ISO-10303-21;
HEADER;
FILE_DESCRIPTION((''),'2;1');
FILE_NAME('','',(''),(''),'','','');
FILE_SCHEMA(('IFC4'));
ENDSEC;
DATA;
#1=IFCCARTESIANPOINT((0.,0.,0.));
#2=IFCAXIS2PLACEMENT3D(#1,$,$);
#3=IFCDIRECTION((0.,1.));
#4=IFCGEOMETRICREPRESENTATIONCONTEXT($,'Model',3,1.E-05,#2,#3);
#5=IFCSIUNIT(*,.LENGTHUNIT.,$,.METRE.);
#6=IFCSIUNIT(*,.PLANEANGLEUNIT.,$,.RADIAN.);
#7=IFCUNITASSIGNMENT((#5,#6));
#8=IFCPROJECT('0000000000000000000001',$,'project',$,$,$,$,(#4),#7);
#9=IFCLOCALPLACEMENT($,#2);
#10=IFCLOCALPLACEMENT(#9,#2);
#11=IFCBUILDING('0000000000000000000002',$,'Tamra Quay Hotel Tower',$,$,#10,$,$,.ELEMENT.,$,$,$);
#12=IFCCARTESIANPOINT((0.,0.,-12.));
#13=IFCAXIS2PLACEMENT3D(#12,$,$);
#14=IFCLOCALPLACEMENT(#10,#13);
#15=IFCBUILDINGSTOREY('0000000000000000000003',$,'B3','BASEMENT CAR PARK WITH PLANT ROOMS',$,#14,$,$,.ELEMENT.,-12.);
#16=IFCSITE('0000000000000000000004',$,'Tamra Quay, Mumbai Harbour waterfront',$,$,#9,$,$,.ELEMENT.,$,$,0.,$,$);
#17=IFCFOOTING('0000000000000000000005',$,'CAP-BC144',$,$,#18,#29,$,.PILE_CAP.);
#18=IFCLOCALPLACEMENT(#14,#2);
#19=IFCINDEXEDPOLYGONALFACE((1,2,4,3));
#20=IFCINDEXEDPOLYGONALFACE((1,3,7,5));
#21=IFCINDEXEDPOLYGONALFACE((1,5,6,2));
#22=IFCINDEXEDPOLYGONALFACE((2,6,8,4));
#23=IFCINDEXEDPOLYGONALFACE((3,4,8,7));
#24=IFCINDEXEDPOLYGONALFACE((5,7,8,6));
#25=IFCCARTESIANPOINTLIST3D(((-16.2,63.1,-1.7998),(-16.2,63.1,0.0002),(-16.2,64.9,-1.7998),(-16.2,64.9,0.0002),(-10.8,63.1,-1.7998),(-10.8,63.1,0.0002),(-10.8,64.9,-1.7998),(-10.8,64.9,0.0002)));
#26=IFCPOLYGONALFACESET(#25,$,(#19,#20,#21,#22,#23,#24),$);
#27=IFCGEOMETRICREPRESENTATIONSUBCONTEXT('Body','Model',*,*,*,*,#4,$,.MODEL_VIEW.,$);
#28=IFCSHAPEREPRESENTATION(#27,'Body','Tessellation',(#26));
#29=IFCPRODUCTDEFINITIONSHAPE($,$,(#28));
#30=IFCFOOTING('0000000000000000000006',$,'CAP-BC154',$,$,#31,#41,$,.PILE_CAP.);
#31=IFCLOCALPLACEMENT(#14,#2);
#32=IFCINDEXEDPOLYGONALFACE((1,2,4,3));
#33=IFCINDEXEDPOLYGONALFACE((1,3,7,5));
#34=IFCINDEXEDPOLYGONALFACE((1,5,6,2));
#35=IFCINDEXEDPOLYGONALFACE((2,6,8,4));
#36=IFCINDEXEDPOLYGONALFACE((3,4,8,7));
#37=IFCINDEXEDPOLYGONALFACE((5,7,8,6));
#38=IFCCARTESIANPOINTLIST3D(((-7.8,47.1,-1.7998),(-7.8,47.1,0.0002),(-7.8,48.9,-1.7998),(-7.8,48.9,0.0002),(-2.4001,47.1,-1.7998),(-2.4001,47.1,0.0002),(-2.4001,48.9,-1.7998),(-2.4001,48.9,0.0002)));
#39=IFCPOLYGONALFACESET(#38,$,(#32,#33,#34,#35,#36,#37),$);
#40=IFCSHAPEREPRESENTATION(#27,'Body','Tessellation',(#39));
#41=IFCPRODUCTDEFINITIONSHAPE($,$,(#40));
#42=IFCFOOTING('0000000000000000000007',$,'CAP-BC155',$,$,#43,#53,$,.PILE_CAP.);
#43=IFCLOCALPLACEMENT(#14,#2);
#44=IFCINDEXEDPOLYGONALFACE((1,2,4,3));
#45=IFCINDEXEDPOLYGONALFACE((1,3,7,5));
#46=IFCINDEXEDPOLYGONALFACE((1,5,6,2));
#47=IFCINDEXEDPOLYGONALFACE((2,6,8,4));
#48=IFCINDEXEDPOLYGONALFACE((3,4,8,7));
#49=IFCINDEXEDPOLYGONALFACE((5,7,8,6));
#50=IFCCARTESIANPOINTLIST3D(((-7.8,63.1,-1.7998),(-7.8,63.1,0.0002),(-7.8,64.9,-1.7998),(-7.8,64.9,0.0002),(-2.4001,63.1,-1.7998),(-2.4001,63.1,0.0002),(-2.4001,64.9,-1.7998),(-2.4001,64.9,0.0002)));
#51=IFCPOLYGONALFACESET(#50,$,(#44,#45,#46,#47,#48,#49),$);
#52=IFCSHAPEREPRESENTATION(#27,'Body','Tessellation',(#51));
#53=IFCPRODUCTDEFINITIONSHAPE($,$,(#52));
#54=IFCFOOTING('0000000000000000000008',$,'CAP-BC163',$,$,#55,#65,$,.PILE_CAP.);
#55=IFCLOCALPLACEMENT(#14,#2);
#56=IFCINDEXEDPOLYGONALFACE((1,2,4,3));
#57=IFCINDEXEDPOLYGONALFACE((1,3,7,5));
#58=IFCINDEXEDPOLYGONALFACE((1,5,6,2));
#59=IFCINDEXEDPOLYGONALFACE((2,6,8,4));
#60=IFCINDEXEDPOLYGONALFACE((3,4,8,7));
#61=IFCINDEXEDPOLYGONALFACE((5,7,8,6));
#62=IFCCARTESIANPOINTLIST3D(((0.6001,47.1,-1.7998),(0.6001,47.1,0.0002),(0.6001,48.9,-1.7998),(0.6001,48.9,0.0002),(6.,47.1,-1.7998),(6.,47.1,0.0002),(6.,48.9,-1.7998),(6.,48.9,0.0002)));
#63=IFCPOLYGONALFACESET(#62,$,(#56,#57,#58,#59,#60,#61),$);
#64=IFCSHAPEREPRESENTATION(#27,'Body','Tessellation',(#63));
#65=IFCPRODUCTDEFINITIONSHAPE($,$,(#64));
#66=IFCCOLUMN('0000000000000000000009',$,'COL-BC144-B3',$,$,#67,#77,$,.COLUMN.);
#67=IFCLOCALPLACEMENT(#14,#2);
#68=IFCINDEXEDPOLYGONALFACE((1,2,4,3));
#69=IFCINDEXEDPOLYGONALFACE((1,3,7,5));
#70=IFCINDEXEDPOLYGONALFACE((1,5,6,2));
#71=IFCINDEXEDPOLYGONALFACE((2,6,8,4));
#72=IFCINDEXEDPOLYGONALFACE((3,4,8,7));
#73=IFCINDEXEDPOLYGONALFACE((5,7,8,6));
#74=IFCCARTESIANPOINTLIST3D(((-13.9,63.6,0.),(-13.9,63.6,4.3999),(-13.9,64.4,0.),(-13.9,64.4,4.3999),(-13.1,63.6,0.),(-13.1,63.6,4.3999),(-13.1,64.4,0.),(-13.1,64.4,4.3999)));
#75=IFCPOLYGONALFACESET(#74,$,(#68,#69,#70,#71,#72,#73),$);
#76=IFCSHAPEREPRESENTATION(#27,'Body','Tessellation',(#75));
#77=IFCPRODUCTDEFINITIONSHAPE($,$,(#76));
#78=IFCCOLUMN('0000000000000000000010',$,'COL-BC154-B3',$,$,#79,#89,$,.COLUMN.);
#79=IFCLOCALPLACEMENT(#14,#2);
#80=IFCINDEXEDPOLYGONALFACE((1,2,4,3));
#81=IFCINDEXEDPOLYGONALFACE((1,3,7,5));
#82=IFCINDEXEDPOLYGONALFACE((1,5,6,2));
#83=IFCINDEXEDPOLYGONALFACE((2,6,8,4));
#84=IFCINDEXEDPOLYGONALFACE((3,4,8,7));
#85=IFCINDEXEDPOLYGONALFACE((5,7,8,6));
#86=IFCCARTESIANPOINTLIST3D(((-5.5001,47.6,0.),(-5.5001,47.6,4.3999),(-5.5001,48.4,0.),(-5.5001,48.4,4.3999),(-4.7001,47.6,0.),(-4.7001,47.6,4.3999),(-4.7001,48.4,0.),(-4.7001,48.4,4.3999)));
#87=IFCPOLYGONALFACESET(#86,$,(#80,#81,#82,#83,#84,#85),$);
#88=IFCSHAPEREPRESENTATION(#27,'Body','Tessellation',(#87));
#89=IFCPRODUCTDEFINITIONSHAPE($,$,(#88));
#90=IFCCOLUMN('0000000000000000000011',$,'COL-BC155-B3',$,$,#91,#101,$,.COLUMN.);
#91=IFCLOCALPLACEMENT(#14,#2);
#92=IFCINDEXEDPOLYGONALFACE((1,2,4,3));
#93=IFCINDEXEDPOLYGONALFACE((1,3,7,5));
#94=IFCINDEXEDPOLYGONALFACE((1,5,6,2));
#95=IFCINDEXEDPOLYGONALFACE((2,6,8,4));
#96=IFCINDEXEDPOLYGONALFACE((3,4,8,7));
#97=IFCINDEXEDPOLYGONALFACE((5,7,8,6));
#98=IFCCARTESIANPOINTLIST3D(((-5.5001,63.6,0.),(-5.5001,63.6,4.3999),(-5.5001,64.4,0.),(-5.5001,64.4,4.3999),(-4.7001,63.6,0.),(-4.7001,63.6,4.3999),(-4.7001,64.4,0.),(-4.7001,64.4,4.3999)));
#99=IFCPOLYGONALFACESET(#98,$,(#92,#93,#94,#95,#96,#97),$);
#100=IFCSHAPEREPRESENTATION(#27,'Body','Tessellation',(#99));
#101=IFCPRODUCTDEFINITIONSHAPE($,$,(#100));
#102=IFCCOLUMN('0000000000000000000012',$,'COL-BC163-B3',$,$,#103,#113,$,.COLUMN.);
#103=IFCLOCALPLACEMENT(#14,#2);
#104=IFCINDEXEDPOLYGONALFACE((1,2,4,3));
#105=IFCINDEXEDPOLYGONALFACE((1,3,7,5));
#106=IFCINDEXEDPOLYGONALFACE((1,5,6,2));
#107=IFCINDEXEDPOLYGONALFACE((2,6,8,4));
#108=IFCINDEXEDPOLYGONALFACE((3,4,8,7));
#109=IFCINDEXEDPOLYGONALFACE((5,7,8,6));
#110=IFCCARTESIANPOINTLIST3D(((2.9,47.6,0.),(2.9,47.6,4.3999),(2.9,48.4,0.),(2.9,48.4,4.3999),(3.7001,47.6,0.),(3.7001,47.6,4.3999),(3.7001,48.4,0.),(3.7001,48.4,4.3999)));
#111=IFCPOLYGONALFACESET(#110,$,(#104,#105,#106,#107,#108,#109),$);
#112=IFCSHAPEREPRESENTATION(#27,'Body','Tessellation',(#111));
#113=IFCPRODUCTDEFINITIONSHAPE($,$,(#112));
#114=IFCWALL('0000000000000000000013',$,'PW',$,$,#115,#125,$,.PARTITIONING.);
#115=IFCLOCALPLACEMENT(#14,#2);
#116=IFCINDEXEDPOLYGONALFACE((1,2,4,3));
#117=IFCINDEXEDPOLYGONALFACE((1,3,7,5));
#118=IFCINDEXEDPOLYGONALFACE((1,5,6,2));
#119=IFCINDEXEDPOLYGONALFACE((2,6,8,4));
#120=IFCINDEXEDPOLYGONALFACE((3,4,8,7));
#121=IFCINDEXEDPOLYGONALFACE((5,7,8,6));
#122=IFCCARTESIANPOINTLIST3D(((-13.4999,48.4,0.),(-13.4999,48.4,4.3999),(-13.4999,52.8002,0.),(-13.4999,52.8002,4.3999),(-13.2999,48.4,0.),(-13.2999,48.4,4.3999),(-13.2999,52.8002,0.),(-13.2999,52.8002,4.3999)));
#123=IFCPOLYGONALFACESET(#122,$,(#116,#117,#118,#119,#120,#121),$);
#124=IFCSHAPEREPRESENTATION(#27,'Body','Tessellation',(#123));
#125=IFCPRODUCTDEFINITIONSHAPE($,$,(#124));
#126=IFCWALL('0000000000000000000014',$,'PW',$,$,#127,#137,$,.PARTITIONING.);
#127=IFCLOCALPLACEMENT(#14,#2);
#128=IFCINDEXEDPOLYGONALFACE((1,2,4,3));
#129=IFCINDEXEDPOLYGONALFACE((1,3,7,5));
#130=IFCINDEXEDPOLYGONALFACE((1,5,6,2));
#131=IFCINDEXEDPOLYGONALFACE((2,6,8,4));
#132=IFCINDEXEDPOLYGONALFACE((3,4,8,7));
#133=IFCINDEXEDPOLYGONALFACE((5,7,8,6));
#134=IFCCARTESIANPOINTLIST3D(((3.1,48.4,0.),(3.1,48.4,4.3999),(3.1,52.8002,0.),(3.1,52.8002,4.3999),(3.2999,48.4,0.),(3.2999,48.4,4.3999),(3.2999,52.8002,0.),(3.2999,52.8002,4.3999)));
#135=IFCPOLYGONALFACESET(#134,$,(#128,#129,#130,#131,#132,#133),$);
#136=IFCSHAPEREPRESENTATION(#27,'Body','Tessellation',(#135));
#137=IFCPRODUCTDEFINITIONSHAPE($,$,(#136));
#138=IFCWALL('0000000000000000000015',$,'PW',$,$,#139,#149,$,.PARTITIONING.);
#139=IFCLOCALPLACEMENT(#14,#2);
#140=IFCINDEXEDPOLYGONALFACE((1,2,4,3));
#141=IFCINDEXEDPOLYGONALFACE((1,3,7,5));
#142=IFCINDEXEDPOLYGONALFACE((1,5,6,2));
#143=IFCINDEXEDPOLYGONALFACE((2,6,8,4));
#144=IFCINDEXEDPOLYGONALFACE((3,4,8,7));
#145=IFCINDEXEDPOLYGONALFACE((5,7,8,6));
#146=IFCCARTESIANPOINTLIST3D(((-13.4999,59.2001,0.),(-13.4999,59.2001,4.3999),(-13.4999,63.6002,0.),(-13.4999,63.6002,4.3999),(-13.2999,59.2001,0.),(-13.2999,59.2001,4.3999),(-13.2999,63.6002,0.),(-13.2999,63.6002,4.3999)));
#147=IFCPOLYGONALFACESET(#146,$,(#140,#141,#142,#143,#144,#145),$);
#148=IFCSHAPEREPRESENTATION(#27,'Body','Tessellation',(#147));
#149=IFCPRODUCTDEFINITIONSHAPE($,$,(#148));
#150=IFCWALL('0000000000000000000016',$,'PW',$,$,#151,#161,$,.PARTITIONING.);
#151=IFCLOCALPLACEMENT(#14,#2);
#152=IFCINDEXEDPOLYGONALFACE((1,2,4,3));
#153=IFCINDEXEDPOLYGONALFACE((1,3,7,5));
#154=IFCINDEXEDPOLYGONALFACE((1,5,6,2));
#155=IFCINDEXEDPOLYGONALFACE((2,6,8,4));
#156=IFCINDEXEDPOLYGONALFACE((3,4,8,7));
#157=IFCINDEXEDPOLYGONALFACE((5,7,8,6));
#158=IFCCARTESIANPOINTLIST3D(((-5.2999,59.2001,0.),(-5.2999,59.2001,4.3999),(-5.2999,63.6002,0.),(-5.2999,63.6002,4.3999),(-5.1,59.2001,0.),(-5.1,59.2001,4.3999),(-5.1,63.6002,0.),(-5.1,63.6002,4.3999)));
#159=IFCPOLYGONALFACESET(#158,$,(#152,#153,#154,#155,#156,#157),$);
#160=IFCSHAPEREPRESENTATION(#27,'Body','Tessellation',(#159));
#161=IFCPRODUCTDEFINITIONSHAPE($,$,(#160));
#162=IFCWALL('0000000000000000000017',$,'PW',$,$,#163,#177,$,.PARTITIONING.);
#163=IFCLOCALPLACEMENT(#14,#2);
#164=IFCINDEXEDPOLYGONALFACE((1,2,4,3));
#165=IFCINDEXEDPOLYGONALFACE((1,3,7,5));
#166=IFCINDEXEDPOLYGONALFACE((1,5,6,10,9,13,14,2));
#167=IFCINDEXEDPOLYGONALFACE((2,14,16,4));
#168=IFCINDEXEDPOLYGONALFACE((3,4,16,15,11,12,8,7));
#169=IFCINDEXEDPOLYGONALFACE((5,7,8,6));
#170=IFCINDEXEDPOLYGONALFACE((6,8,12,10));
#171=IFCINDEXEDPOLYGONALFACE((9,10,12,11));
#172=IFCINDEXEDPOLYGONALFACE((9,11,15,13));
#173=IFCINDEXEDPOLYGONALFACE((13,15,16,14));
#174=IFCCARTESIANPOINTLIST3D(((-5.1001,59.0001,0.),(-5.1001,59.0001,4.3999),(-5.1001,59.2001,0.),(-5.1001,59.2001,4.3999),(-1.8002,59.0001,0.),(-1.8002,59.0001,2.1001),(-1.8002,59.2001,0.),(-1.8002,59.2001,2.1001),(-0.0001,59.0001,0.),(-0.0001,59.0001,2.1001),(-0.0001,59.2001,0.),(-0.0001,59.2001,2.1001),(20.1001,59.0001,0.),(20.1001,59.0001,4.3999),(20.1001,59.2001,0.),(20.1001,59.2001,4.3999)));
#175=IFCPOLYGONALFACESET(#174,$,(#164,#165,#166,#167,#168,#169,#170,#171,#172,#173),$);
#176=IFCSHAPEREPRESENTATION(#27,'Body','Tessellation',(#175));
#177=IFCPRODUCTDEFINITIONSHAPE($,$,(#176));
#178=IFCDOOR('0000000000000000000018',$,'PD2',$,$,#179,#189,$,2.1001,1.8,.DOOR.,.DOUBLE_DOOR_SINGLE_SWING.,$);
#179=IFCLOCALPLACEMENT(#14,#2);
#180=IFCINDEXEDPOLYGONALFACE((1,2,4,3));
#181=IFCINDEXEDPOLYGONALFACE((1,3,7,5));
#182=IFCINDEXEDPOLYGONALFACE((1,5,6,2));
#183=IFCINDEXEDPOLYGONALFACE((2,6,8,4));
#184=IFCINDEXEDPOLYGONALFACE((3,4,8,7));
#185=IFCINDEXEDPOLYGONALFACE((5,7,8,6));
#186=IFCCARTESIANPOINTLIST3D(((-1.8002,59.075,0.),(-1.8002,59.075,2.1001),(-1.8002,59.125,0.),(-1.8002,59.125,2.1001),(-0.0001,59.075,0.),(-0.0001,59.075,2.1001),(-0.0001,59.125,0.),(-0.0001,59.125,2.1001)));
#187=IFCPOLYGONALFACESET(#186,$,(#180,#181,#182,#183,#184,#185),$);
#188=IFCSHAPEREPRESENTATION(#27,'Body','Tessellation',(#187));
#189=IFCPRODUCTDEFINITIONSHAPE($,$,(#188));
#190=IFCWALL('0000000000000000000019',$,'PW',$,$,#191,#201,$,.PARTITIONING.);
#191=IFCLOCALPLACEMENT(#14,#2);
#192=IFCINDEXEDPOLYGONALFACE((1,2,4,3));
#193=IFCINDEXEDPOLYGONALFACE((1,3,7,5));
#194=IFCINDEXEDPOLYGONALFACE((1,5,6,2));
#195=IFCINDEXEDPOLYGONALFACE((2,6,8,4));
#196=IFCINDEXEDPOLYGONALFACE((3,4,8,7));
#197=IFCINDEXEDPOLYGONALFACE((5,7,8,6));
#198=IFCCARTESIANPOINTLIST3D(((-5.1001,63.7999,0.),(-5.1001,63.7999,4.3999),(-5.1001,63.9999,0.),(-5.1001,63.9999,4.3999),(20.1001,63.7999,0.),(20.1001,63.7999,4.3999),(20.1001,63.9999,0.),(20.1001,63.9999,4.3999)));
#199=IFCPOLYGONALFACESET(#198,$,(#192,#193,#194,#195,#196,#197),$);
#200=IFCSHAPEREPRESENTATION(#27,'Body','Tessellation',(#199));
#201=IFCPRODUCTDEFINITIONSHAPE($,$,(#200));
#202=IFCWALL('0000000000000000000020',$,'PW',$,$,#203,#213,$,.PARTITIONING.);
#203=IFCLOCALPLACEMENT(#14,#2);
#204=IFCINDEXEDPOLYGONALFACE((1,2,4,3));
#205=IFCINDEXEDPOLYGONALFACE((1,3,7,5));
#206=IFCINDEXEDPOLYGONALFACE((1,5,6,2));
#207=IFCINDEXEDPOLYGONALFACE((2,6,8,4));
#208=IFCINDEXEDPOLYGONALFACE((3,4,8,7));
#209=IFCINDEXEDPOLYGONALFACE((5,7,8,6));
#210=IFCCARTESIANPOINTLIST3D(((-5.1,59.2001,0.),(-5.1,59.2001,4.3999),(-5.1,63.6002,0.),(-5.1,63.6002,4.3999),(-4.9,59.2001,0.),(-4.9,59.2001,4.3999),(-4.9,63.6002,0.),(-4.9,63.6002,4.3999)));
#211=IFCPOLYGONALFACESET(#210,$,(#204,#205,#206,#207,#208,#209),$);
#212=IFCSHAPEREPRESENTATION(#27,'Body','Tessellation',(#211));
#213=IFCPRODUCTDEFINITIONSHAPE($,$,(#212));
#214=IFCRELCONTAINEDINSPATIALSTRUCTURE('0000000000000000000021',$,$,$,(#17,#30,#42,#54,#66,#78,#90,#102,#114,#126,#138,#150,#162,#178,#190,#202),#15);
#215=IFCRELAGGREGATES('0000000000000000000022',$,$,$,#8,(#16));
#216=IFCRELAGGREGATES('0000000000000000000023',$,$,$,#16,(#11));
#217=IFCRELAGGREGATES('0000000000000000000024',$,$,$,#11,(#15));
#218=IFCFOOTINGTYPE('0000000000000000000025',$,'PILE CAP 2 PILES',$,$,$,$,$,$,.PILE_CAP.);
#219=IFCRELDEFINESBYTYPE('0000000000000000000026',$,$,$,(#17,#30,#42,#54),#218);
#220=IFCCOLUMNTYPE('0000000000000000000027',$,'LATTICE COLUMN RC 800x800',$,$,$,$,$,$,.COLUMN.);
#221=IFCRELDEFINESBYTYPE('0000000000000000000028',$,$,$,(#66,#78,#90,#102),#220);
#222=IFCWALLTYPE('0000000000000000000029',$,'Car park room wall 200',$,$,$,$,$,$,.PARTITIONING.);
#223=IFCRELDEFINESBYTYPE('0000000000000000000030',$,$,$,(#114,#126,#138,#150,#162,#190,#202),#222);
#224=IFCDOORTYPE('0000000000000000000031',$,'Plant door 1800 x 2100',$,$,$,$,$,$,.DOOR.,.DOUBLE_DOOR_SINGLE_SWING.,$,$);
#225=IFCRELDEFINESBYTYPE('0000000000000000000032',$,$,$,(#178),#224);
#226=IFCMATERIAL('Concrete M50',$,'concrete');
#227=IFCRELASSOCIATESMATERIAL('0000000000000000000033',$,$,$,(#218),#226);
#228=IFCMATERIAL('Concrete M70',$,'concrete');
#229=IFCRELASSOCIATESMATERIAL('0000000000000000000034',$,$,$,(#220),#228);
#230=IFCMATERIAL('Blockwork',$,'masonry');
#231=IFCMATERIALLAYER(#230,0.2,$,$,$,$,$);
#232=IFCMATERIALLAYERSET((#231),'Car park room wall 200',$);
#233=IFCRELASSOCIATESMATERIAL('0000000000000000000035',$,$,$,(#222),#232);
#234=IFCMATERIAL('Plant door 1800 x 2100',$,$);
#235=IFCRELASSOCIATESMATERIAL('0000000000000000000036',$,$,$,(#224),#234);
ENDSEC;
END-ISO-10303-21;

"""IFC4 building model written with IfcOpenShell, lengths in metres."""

from ifc_helpers import new_model, si_unit, direction, frame, frame_2d, origin, origin_2d, place, context, subcontext, project, spatial, rectangle, extrude, material, layer, layer_set, material_profile, profile_set, type_object, element, fill, save


model = new_model("IFC4")

# Units and contexts
model_context = context("Model", 3, precision=1e-05, world=origin(), true_north=direction((0.0, 1.0)))
body_context = subcontext(model_context, "Body", "Model", "MODEL_VIEW")
ifc_project = project(units=[si_unit("LENGTHUNIT", "METRE"), si_unit("PLANEANGLEUNIT", "RADIAN")], contexts=[model_context])

# Site, building, storey
site_placement = place(None, origin())
site = spatial("IfcSite", under=ifc_project, at=site_placement, Name="Tamra Quay, Mumbai Harbour waterfront", CompositionType="ELEMENT", RefElevation=0.0)
building_placement = place(site_placement, origin())
building = spatial("IfcBuilding", under=site, at=building_placement, Name="Tamra Quay Hotel Tower", CompositionType="ELEMENT")
storey_placement = place(building_placement, frame((0.0, 0.0, -12.0)))
storey = spatial("IfcBuildingStorey", under=building, at=storey_placement, Name="B3", Description="BASEMENT CAR PARK WITH PLANT ROOMS", CompositionType="ELEMENT", Elevation=-12.0)

# Footings
ifc_material_1 = material(Name="Concrete M50", Category="concrete")
footing_type = type_object("IfcFootingType", Name="PILE CAP 2 PILES", PredefinedType="PILE_CAP", material=ifc_material_1)
for number, where, z_axis, x_axis, name in (
    (1, (-13.5, 64.0, -1.7998), (0.0, 0.0, 1.0), (1.0, 0.0, 0.0), "CAP-BC144"),
    (2, (-5.1001, 48.0, -1.7998), (0.0, 0.0, 1.0), (1.0, 0.0, 0.0), "CAP-BC154"),
    (3, (-5.1001, 64.0, -1.7998), (0.0, 0.0, 1.0), (1.0, 0.0, 0.0), "CAP-BC155"),
    (4, (3.3, 48.0, -1.7998), (0.0, 0.0, 1.0), (1.0, 0.0, 0.0), "CAP-BC163"),
):
    element("IfcFooting", number, at=place(storey_placement, frame(where, z_axis=z_axis, x_axis=x_axis)), inside=storey, type_object=footing_type, Name=name, PredefinedType="PILE_CAP", context=body_context, shape_type="SweptSolid", body=[
        extrude(rectangle(XDim=5.3999, YDim=1.8, at=origin_2d()), origin(), (0.0, 0.0, 1.0), 1.8),
    ])

# Columns
ifc_material_2 = material(Name="Concrete M70", Category="concrete")
ifc_material_profile_1 = material_profile(ifc_material_2, rectangle(XDim=0.8, YDim=0.8, at=origin_2d()), Name="LATTICE COLUMN RC 800x800")
ifc_profile_set_1 = profile_set([ifc_material_profile_1], Name="Concrete M70")
column_type = type_object("IfcColumnType", Name="LATTICE COLUMN RC 800x800", PredefinedType="COLUMN", material=ifc_profile_set_1)
for number, where, z_axis, x_axis, name in (
    (5, (-13.5, 64.0, 0.0), (0.0, 0.0, 1.0), (1.0, 0.0, 0.0), "COL-BC144-B3"),
    (6, (-5.1001, 48.0, 0.0), (0.0, 0.0, 1.0), (1.0, 0.0, 0.0), "COL-BC154-B3"),
    (7, (-5.1001, 64.0, 0.0), (0.0, 0.0, 1.0), (1.0, 0.0, 0.0), "COL-BC155-B3"),
    (8, (3.3, 48.0, 0.0), (0.0, 0.0, 1.0), (1.0, 0.0, 0.0), "COL-BC163-B3"),
):
    element("IfcColumn", number, at=place(storey_placement, frame(where, z_axis=z_axis, x_axis=x_axis)), inside=storey, type_object=column_type, Name=name, PredefinedType="COLUMN", context=body_context, shape_type="SweptSolid", body=[
        extrude(rectangle(XDim=0.8, YDim=0.8, at=origin_2d()), origin(), (0.0, 0.0, 1.0), 4.3999),
    ])

# Walls
ifc_material_3 = material(Name="Blockwork", Category="masonry")
ifc_layer_1 = layer(ifc_material_3, 0.2)
ifc_layer_set_1 = layer_set([ifc_layer_1], Name="Car park room wall 200")
wall_type_1 = type_object("IfcWallType", Name="Car park room wall 200", PredefinedType="PARTITIONING", material=ifc_layer_set_1)
for number, where, z_axis, x_axis, name in (
    (9, (-13.3999, 48.3999, 0.0), (0.0, 0.0, 1.0), (0.0, 1.0, 0.0), "PW"),
    (10, (3.2, 48.3999, 0.0), (0.0, 0.0, 1.0), (0.0, 1.0, 0.0), "PW"),
    (11, (-13.3999, 59.2, 0.0), (0.0, 0.0, 1.0), (0.0, 1.0, 0.0), "PW"),
    (12, (-5.2, 59.2, 0.0), (0.0, 0.0, 1.0), (0.0, 1.0, 0.0), "PW"),
):
    element("IfcWall", number, at=place(storey_placement, frame(where, z_axis=z_axis, x_axis=x_axis)), inside=storey, type_object=wall_type_1, Name=name, PredefinedType="PARTITIONING", context=body_context, shape_type="SweptSolid", body=[
        extrude(rectangle(XDim=4.4001, YDim=0.2, at=frame_2d((2.2002, 0.0))), origin(), (0.0, 0.0, 1.0), 4.3999),
    ])

# Wall, opening, door
wall_1_placement = place(storey_placement, frame((-5.1001, 59.1001, 0.0), z_axis=(0.0, 0.0, 1.0), x_axis=(1.0, 0.0, 0.0)))
wall_1 = element("IfcWall", 13, at=wall_1_placement, inside=storey, type_object=wall_type_1, Name="PW", PredefinedType="PARTITIONING", context=body_context, shape_type="SweptSolid", body=[
    extrude(rectangle(XDim=25.2002, YDim=0.2, at=frame_2d((12.6001, 0.0))), origin(), (0.0, 0.0, 1.0), 4.3999),
])
opening_placement = place(wall_1_placement, frame((3.3, 0.0, 0.0)))
opening = element("IfcOpeningElement", 14, at=opening_placement, cuts=wall_1, PredefinedType="OPENING", context=body_context, shape_type="SweptSolid", body=[
    extrude(rectangle(XDim=1.8, YDim=2.1001, at=frame_2d((0.8999, 1.05))), frame((0.0, 0.1099, 0.0), z_axis=(0.0, -1.0, 0.0), x_axis=(1.0, 0.0, 0.0)), (0.0, 0.0, 1.0), 0.22),
])
ifc_material_4 = material(Name="Plant door 1800 x 2100")
door_type = type_object("IfcDoorType", Name="Plant door 1800 x 2100", OperationType="DOUBLE_DOOR_SINGLE_SWING", PredefinedType="DOOR", material=ifc_material_4)
door_placement = place(opening_placement, origin())
door = element("IfcDoor", 15, at=door_placement, inside=storey, type_object=door_type, Name="PD2", OperationType="DOUBLE_DOOR_SINGLE_SWING", OverallHeight=2.1001, OverallWidth=1.8, PredefinedType="DOOR", context=body_context, shape_type="SweptSolid", body=[
    extrude(rectangle(XDim=1.8, YDim=2.1001, at=frame_2d((0.8999, 1.05))), frame((0.0, 0.0249, 0.0), z_axis=(0.0, -1.0, 0.0), x_axis=(1.0, 0.0, 0.0)), (0.0, 0.0, 1.0), 0.05),
])
fill(opening, door)

# Walls
wall_2_placement = place(storey_placement, frame((-5.1001, 63.8999, 0.0), z_axis=(0.0, 0.0, 1.0), x_axis=(1.0, 0.0, 0.0)))
element("IfcWall", 16, at=wall_2_placement, inside=storey, type_object=wall_type_1, Name="PW", PredefinedType="PARTITIONING", context=body_context, shape_type="SweptSolid", body=[
    extrude(rectangle(XDim=25.2002, YDim=0.2, at=frame_2d((12.6001, 0.0))), origin(), (0.0, 0.0, 1.0), 4.3999),
])
wall_3_placement = place(storey_placement, frame((-5.0, 59.2, 0.0), z_axis=(0.0, 0.0, 1.0), x_axis=(0.0, 1.0, 0.0)))
element("IfcWall", 17, at=wall_3_placement, inside=storey, type_object=wall_type_1, Name="PW", PredefinedType="PARTITIONING", context=body_context, shape_type="SweptSolid", body=[
    extrude(rectangle(XDim=4.4001, YDim=0.2, at=frame_2d((2.2002, 0.0))), origin(), (0.0, 0.0, 1.0), 4.3999),
])

save(model, "model.ifc")
